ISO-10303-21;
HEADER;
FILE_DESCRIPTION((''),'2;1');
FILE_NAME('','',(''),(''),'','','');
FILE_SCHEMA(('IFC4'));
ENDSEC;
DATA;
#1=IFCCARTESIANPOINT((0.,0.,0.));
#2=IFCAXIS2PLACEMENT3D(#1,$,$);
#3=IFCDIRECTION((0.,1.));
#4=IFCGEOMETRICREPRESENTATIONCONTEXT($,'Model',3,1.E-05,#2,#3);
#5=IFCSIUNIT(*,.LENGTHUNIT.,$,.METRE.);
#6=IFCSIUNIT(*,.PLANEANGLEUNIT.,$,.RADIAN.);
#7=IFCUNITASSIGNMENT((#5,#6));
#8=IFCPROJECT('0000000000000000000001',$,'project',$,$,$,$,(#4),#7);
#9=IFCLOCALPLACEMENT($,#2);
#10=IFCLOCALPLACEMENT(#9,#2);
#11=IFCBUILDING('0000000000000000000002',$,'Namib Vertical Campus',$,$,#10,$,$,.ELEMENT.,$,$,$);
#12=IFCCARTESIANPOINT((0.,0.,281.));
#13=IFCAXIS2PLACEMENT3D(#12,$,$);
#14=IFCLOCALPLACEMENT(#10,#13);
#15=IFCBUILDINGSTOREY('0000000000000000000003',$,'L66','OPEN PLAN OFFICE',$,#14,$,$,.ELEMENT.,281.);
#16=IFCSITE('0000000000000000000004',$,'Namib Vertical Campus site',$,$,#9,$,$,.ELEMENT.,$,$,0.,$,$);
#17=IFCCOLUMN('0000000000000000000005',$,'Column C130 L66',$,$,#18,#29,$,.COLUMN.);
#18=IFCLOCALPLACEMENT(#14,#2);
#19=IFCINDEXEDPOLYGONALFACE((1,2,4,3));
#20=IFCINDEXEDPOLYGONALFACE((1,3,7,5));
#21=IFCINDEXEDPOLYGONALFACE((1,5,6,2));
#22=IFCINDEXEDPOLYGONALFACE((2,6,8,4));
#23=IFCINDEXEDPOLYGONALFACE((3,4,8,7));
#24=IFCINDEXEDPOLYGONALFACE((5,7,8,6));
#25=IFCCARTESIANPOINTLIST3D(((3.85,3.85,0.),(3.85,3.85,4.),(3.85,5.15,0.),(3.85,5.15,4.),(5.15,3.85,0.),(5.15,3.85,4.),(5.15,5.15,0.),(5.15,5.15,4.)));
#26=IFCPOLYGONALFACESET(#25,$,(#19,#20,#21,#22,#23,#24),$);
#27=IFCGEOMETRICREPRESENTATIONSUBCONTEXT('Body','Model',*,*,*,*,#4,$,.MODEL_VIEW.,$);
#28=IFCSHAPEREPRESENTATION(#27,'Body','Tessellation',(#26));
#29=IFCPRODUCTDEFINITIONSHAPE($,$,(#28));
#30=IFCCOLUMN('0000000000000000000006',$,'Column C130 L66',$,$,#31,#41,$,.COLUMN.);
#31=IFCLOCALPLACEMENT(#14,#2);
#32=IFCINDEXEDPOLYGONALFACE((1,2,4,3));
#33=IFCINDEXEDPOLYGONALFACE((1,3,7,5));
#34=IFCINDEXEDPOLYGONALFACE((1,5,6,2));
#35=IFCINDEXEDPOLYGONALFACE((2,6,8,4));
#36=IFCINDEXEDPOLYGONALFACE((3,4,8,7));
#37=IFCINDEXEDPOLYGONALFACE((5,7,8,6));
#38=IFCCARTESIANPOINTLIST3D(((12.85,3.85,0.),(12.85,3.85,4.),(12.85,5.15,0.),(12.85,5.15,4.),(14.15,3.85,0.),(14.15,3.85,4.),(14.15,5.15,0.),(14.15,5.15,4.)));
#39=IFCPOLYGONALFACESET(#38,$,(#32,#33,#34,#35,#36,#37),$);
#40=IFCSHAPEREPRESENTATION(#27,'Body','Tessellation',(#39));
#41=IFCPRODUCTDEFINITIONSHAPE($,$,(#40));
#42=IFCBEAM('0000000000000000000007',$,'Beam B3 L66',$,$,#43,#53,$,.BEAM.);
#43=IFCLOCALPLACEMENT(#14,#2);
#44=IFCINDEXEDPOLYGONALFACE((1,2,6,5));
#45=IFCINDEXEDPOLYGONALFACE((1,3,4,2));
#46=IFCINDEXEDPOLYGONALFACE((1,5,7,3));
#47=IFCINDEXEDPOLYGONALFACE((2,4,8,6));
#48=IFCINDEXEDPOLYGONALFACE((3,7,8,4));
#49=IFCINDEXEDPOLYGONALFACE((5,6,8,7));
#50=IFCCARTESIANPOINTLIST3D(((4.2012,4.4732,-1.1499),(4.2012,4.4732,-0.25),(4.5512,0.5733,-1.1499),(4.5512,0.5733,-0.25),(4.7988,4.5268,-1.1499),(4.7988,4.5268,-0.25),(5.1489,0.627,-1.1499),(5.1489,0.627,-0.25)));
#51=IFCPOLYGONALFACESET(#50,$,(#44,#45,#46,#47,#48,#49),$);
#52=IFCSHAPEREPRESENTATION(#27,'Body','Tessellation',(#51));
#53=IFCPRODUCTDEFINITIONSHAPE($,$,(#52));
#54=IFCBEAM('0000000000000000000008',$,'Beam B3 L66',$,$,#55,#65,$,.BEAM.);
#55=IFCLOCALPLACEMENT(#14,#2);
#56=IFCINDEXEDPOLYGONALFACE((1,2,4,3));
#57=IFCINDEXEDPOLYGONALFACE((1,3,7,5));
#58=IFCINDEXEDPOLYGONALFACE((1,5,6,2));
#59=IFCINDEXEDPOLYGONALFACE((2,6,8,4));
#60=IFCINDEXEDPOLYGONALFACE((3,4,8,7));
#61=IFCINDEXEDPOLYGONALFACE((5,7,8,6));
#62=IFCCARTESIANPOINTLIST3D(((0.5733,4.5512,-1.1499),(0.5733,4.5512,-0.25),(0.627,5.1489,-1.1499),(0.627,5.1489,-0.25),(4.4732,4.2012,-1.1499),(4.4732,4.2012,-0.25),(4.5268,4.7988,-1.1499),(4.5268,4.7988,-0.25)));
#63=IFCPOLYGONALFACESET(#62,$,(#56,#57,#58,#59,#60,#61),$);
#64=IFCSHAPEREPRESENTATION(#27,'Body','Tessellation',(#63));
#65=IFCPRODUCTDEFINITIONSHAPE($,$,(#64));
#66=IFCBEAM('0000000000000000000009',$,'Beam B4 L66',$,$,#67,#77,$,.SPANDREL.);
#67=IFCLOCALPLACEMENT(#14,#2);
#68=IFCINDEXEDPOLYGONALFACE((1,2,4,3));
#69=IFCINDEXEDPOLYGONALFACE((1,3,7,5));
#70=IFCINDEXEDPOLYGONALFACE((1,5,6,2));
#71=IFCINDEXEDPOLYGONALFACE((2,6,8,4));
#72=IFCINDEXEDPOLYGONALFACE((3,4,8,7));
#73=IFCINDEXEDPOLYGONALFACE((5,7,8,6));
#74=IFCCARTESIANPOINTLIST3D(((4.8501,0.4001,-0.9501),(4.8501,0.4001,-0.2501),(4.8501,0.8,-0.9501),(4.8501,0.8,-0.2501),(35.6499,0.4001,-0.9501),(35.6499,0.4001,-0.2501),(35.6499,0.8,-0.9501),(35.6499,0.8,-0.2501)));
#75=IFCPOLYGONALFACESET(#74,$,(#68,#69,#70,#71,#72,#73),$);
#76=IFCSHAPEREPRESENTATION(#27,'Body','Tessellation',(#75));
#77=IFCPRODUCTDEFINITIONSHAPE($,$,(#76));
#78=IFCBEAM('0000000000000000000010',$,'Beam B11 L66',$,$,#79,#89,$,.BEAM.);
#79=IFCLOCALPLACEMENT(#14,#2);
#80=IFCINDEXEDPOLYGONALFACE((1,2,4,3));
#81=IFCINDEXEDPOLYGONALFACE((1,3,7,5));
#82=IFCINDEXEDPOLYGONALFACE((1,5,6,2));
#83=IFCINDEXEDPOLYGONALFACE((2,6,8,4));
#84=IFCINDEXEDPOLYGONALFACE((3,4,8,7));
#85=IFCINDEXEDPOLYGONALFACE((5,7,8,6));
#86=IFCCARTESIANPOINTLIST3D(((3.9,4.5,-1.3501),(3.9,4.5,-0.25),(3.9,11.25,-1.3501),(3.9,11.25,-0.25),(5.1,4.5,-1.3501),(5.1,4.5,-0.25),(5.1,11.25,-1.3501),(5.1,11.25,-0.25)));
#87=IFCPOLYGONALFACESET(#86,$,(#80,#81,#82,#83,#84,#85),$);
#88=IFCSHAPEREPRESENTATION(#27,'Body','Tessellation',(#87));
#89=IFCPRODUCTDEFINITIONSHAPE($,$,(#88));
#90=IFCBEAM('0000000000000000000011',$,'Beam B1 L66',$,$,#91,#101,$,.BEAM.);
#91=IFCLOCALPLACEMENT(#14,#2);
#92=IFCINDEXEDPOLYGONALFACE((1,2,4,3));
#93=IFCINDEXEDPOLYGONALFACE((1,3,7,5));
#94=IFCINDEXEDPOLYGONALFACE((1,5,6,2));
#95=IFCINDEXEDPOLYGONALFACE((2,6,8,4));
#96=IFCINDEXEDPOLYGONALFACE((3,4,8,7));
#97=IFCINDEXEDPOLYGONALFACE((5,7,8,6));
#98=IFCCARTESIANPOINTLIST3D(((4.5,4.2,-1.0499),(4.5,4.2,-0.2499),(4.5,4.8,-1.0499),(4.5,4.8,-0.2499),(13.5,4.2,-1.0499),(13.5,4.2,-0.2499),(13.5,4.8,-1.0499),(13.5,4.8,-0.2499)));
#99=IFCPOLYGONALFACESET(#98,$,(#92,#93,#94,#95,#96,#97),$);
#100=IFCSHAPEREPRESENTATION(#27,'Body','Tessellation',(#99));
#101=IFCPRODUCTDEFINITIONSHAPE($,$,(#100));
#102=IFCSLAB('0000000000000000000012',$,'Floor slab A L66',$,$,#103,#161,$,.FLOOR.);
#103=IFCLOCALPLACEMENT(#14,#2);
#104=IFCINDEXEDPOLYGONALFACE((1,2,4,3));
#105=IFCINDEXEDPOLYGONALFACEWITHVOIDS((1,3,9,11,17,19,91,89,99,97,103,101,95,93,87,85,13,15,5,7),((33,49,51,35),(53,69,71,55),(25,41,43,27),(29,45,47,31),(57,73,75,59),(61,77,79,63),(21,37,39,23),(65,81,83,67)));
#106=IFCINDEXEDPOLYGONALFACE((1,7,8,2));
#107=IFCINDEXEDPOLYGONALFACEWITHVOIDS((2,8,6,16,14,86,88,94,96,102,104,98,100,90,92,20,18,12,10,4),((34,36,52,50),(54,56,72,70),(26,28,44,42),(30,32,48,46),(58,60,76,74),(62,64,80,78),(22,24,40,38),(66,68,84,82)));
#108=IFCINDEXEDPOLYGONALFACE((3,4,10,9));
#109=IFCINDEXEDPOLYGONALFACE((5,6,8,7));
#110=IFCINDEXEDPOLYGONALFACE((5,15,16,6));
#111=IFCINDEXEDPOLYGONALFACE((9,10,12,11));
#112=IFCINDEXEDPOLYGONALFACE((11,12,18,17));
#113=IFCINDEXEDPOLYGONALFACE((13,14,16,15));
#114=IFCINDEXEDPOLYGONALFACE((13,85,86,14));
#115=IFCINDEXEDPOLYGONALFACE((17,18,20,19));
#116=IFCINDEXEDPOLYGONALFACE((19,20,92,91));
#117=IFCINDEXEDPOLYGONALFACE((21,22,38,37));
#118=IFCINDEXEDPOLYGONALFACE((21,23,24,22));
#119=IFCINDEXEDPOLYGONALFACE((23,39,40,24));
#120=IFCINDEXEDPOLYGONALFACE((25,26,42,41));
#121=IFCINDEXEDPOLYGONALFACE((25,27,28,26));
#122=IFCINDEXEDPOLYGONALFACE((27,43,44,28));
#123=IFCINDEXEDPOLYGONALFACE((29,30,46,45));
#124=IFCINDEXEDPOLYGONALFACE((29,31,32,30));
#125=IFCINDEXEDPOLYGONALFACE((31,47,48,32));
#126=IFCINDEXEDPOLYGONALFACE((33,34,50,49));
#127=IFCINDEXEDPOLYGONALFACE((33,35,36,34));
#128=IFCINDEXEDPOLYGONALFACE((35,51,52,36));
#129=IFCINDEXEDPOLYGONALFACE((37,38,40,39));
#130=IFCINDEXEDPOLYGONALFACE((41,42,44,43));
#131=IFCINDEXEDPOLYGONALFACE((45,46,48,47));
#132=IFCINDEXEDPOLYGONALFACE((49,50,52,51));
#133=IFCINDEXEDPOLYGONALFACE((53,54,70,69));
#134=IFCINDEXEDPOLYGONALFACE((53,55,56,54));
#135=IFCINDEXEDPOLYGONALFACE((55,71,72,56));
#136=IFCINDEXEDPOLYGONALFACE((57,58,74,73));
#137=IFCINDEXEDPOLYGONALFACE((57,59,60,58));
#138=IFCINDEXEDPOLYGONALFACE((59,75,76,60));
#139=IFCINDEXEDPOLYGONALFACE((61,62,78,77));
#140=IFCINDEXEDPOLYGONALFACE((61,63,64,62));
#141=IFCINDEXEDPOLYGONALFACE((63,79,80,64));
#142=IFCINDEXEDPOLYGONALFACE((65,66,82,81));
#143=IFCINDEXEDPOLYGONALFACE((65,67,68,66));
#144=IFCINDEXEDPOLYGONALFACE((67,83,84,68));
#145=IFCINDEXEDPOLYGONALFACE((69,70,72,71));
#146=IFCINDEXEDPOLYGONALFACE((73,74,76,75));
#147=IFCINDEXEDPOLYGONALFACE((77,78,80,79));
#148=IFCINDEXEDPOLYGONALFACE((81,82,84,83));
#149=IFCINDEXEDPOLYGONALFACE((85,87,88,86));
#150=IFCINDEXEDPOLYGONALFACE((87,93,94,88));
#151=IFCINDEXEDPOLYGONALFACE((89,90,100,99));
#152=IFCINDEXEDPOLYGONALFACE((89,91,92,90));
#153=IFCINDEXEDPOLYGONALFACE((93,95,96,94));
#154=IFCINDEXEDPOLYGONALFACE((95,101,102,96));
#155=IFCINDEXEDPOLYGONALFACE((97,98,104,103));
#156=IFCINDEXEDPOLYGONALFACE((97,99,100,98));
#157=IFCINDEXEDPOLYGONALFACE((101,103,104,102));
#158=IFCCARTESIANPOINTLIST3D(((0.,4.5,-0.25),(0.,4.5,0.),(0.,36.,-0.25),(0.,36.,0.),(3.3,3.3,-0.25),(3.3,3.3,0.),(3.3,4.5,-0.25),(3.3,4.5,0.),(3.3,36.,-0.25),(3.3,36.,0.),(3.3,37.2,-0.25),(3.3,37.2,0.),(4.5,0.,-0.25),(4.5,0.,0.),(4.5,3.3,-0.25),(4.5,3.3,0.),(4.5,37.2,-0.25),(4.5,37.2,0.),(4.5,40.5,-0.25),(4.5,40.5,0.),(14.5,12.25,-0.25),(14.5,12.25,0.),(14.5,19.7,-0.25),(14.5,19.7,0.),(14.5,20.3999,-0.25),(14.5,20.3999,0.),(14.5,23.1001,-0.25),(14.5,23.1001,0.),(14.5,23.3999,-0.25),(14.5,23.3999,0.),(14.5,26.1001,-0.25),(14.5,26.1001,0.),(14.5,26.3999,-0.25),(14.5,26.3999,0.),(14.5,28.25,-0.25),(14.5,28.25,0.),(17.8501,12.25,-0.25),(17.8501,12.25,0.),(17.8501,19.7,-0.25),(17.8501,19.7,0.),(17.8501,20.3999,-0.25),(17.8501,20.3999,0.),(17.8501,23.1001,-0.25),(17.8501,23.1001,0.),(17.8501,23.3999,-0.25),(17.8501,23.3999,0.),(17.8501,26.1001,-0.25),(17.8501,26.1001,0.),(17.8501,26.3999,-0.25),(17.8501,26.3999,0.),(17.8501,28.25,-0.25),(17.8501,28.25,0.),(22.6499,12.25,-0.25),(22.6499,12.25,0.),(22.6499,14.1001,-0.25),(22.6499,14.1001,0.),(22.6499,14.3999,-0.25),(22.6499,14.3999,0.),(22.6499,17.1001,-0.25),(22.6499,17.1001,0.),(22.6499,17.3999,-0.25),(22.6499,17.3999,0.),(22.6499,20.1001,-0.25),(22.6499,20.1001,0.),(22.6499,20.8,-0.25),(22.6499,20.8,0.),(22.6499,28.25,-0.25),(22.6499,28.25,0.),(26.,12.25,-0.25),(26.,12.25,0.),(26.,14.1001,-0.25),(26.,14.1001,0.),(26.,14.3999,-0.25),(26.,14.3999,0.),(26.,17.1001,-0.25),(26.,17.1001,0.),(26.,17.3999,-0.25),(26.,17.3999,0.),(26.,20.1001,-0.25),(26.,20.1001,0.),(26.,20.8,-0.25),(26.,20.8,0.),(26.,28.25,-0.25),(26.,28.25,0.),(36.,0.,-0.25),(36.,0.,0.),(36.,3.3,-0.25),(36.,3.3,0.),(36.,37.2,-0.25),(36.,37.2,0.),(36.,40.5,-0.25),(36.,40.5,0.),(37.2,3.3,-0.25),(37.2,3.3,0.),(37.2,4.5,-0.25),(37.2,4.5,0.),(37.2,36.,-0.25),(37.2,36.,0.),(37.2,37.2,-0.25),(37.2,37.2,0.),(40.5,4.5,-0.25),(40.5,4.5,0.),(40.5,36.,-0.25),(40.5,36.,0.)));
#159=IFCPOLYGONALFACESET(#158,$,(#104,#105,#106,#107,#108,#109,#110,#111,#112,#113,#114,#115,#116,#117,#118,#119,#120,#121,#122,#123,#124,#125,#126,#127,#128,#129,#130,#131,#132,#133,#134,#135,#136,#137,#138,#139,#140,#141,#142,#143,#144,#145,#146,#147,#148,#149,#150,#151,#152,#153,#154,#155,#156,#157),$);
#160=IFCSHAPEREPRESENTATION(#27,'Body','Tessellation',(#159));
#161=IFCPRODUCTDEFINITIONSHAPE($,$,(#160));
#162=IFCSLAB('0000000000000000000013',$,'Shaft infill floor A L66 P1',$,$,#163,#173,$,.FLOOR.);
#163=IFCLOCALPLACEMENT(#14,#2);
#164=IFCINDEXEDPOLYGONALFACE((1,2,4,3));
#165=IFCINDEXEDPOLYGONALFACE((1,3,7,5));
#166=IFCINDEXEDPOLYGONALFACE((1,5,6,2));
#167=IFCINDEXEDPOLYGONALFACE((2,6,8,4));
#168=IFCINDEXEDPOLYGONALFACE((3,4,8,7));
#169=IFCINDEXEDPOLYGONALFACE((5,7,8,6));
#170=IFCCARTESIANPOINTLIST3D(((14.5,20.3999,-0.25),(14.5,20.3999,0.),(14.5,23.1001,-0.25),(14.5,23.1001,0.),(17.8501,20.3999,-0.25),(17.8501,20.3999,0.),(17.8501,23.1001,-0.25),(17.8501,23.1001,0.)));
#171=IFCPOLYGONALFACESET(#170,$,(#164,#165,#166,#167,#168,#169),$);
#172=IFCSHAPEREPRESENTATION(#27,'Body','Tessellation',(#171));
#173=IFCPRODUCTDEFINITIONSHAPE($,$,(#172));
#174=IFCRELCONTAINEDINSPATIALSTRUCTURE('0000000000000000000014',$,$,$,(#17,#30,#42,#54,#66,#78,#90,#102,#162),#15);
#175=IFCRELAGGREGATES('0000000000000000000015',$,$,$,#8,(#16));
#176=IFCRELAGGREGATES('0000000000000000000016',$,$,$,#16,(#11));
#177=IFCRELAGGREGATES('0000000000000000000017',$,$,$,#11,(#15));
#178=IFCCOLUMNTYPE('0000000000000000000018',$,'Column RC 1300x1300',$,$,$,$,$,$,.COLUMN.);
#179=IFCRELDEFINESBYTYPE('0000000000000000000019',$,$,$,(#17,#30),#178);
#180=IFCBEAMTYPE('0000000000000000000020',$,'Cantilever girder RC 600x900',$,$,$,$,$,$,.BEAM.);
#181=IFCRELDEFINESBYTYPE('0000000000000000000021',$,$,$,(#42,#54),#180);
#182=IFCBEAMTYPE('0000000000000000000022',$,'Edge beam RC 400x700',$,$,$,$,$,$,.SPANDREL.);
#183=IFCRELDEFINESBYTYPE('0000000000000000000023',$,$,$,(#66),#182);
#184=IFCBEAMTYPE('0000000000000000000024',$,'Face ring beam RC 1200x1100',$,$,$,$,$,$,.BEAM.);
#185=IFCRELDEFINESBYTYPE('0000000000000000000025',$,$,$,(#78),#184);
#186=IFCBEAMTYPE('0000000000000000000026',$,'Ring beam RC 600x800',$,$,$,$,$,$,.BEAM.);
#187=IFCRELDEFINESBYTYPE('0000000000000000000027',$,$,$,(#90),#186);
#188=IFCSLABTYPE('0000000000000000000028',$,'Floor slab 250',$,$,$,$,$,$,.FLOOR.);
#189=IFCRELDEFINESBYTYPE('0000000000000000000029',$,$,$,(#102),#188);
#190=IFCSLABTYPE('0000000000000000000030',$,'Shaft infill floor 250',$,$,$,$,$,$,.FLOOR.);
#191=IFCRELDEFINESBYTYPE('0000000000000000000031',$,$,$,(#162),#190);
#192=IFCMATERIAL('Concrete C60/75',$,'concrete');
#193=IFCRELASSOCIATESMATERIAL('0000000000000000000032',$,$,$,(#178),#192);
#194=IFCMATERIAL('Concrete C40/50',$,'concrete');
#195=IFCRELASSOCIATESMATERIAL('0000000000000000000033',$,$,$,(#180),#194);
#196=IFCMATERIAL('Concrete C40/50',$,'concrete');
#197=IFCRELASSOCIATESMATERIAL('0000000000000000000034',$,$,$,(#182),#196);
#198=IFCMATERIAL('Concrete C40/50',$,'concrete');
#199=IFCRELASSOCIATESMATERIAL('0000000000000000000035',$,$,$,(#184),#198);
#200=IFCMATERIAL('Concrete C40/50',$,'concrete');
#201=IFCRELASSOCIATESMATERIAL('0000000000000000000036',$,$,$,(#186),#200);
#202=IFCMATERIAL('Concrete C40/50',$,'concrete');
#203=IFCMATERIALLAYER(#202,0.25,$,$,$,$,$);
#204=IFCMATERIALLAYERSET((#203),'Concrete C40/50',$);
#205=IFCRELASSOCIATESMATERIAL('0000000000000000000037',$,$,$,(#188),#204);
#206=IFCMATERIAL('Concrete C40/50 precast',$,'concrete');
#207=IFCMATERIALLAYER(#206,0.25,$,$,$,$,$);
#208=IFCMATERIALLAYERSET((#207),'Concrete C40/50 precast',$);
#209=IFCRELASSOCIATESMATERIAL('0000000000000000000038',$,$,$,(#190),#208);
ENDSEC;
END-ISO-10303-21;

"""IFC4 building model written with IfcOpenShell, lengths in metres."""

from ifc_helpers import new_model, si_unit, direction, frame, origin, origin_2d, place, context, subcontext, project, spatial, polyline, rectangle, outline, extrude, material, layer, layer_set, material_profile, profile_set, type_object, element, save


model = new_model("IFC4")

# Units and contexts
model_context = context("Model", 3, precision=1e-05, world=origin(), true_north=direction((0.0, 1.0)))
body_context = subcontext(model_context, "Body", "Model", "MODEL_VIEW")
ifc_project = project(units=[si_unit("LENGTHUNIT", "METRE"), si_unit("PLANEANGLEUNIT", "RADIAN")], contexts=[model_context])

# Site, building, storey
site_placement = place(None, origin())
site = spatial("IfcSite", under=ifc_project, at=site_placement, Name="Namib Vertical Campus site", CompositionType="ELEMENT", RefElevation=0.0)
building_placement = place(site_placement, origin())
building = spatial("IfcBuilding", under=site, at=building_placement, Name="Namib Vertical Campus", CompositionType="ELEMENT")
storey_placement = place(building_placement, frame((0.0, 0.0, 281.0)))
storey = spatial("IfcBuildingStorey", under=building, at=storey_placement, Name="L66", Description="OPEN PLAN OFFICE", CompositionType="ELEMENT", Elevation=281.0)

# Columns
ifc_material_1 = material(Name="Concrete C60/75", Category="concrete")
ifc_material_profile_1 = material_profile(ifc_material_1, rectangle(XDim=1.3, YDim=1.3, at=origin_2d()))
ifc_profile_set_1 = profile_set([ifc_material_profile_1], Name="Concrete C60/75")
column_type = type_object("IfcColumnType", Name="Column RC 1300x1300", PredefinedType="COLUMN", material=ifc_profile_set_1)
for number, where, z_axis, x_axis, name in (
    (1, (4.5, 4.5, 0.0), (0.0, 0.0, 1.0), (1.0, 0.0, 0.0), "Column C130 L66"),
    (2, (13.5, 4.5, 0.0), (0.0, 0.0, 1.0), (1.0, 0.0, 0.0), "Column C130 L66"),
):
    element("IfcColumn", number, at=place(storey_placement, frame(where, z_axis=z_axis, x_axis=x_axis)), inside=storey, type_object=column_type, Name=name, PredefinedType="COLUMN", context=body_context, shape_type="SweptSolid", body=[
        extrude(rectangle(XDim=1.3, YDim=1.3, at=origin_2d()), origin(), (0.0, 0.0, 1.0), 4.0),
    ])

# Beams
ifc_material_2 = material(Name="Concrete C40/50", Category="concrete")
ifc_material_profile_2 = material_profile(ifc_material_2, rectangle(XDim=0.6001, YDim=0.8999, at=origin_2d()))
ifc_profile_set_2 = profile_set([ifc_material_profile_2], Name="Concrete C40/50")
beam_type_1 = type_object("IfcBeamType", Name="Cantilever girder RC 600x900", PredefinedType="BEAM", material=ifc_profile_set_2)
for number, where, z_axis, x_axis, name in (
    (3, (4.5, 4.5, -0.7), (0.089411, -0.995995, 0.0), (0.995995, 0.089411, 0.0), "Beam B3 L66"),
    (4, (4.5, 4.5, -0.7), (-0.995995, 0.089411, 0.0), (-0.089411, -0.995995, 0.0), "Beam B3 L66"),
):
    element("IfcBeam", number, at=place(storey_placement, frame(where, z_axis=z_axis, x_axis=x_axis)), inside=storey, type_object=beam_type_1, Name=name, PredefinedType="BEAM", context=body_context, shape_type="SweptSolid", body=[
        extrude(rectangle(XDim=0.6001, YDim=0.8999, at=origin_2d()), origin(), (0.0, 0.0, 1.0), 3.9155),
    ])
ifc_material_3 = material(Name="Concrete C40/50", Category="concrete")
ifc_material_profile_3 = material_profile(ifc_material_3, rectangle(XDim=0.3999, YDim=0.7, at=origin_2d()))
ifc_profile_set_3 = profile_set([ifc_material_profile_3], Name="Concrete C40/50")
beam_type_2 = type_object("IfcBeamType", Name="Edge beam RC 400x700", PredefinedType="SPANDREL", material=ifc_profile_set_3)
beam_1_placement = place(storey_placement, frame((4.8501, 0.6001, -0.6001), z_axis=(1.0, 0.0, 0.0), x_axis=(0.0, 1.0, 0.0)))
element("IfcBeam", 5, at=beam_1_placement, inside=storey, type_object=beam_type_2, Name="Beam B4 L66", PredefinedType="SPANDREL", context=body_context, shape_type="SweptSolid", body=[
    extrude(rectangle(XDim=0.3999, YDim=0.7, at=origin_2d()), origin(), (0.0, 0.0, 1.0), 30.7998),
])
ifc_material_4 = material(Name="Concrete C40/50", Category="concrete")
ifc_material_profile_4 = material_profile(ifc_material_4, rectangle(XDim=1.2, YDim=1.1001, at=origin_2d()))
ifc_profile_set_4 = profile_set([ifc_material_profile_4], Name="Concrete C40/50")
beam_type_3 = type_object("IfcBeamType", Name="Face ring beam RC 1200x1100", PredefinedType="BEAM", material=ifc_profile_set_4)
beam_2_placement = place(storey_placement, frame((4.5, 4.5, -0.8), z_axis=(0.0, 1.0, 0.0), x_axis=(-1.0, 0.0, 0.0)))
element("IfcBeam", 6, at=beam_2_placement, inside=storey, type_object=beam_type_3, Name="Beam B11 L66", PredefinedType="BEAM", context=body_context, shape_type="SweptSolid", body=[
    extrude(rectangle(XDim=1.2, YDim=1.1001, at=origin_2d()), origin(), (0.0, 0.0, 1.0), 6.75),
])
ifc_material_5 = material(Name="Concrete C40/50", Category="concrete")
ifc_material_profile_5 = material_profile(ifc_material_5, rectangle(XDim=0.6001, YDim=0.8, at=origin_2d()))
ifc_profile_set_5 = profile_set([ifc_material_profile_5], Name="Concrete C40/50")
beam_type_4 = type_object("IfcBeamType", Name="Ring beam RC 600x800", PredefinedType="BEAM", material=ifc_profile_set_5)
beam_3_placement = place(storey_placement, frame((4.5, 4.5, -0.6499), z_axis=(1.0, 0.0, 0.0), x_axis=(0.0, 1.0, 0.0)))
element("IfcBeam", 7, at=beam_3_placement, inside=storey, type_object=beam_type_4, Name="Beam B1 L66", PredefinedType="BEAM", context=body_context, shape_type="SweptSolid", body=[
    extrude(rectangle(XDim=0.6001, YDim=0.8, at=origin_2d()), origin(), (0.0, 0.0, 1.0), 9.0),
])

# Slabs
ifc_material_6 = material(Name="Concrete C40/50", Category="concrete")
ifc_layer_1 = layer(ifc_material_6, 0.25)
ifc_layer_set_1 = layer_set([ifc_layer_1], Name="Concrete C40/50")
slab_type_1 = type_object("IfcSlabType", Name="Floor slab 250", PredefinedType="FLOOR", material=ifc_layer_set_1)
slab_1_placement = place(storey_placement, frame((0.0, 0.0, -0.25)))
element("IfcSlab", 8, at=slab_1_placement, inside=storey, type_object=slab_type_1, Name="Floor slab A L66", PredefinedType="FLOOR", context=body_context, shape_type="SweptSolid", body=[
    extrude(outline(polyline([(4.5, 0.0), (36.0, 0.0), (36.0, 3.3), (37.2, 3.3), (37.2, 4.5), (40.5, 4.5), (40.5, 36.0), (37.2, 36.0), (37.2, 37.2), (36.0, 37.2), (36.0, 40.5), (4.5, 40.5), (4.5, 37.2), (3.3, 37.2), (3.3, 36.0), (0.0, 36.0), (0.0, 4.5), (3.3, 4.5), (3.3, 3.3), (4.5, 3.3), (4.5, 0.0)]), holes=[polyline([(14.5, 12.25), (17.8501, 12.25), (17.8501, 19.7), (14.5, 19.7), (14.5, 12.25)]), polyline([(22.6499, 20.8), (26.0, 20.8), (26.0, 28.25), (22.6499, 28.25), (22.6499, 20.8)]), polyline([(22.6499, 12.25), (26.0, 12.25), (26.0, 14.1001), (22.6499, 14.1001), (22.6499, 12.25)]), polyline([(14.5, 20.3999), (17.8501, 20.3999), (17.8501, 23.1001), (14.5, 23.1001), (14.5, 20.3999)]), polyline([(14.5, 23.3999), (17.8501, 23.3999), (17.8501, 26.1001), (14.5, 26.1001), (14.5, 23.3999)]), polyline([(14.5, 26.3999), (17.8501, 26.3999), (17.8501, 28.25), (14.5, 28.25), (14.5, 26.3999)]), polyline([(22.6499, 14.3999), (26.0, 14.3999), (26.0, 17.1001), (22.6499, 17.1001), (22.6499, 14.3999)]), polyline([(22.6499, 17.3999), (26.0, 17.3999), (26.0, 20.1001), (22.6499, 20.1001), (22.6499, 17.3999)])]), origin(), (0.0, 0.0, 1.0), 0.25),
])
ifc_material_7 = material(Name="Concrete C40/50 precast", Category="concrete")
ifc_layer_2 = layer(ifc_material_7, 0.25)
ifc_layer_set_2 = layer_set([ifc_layer_2], Name="Concrete C40/50 precast")
slab_type_2 = type_object("IfcSlabType", Name="Shaft infill floor 250", PredefinedType="FLOOR", material=ifc_layer_set_2)
slab_2_placement = place(storey_placement, frame((0.0, 0.0, -0.25)))
element("IfcSlab", 9, at=slab_2_placement, inside=storey, type_object=slab_type_2, Name="Shaft infill floor A L66 P1", PredefinedType="FLOOR", context=body_context, shape_type="SweptSolid", body=[
    extrude(outline(polyline([(14.5, 20.3999), (17.8501, 20.3999), (17.8501, 23.1001), (14.5, 23.1001), (14.5, 20.3999)])), origin(), (0.0, 0.0, 1.0), 0.25),
])

save(model, "model.ifc")
